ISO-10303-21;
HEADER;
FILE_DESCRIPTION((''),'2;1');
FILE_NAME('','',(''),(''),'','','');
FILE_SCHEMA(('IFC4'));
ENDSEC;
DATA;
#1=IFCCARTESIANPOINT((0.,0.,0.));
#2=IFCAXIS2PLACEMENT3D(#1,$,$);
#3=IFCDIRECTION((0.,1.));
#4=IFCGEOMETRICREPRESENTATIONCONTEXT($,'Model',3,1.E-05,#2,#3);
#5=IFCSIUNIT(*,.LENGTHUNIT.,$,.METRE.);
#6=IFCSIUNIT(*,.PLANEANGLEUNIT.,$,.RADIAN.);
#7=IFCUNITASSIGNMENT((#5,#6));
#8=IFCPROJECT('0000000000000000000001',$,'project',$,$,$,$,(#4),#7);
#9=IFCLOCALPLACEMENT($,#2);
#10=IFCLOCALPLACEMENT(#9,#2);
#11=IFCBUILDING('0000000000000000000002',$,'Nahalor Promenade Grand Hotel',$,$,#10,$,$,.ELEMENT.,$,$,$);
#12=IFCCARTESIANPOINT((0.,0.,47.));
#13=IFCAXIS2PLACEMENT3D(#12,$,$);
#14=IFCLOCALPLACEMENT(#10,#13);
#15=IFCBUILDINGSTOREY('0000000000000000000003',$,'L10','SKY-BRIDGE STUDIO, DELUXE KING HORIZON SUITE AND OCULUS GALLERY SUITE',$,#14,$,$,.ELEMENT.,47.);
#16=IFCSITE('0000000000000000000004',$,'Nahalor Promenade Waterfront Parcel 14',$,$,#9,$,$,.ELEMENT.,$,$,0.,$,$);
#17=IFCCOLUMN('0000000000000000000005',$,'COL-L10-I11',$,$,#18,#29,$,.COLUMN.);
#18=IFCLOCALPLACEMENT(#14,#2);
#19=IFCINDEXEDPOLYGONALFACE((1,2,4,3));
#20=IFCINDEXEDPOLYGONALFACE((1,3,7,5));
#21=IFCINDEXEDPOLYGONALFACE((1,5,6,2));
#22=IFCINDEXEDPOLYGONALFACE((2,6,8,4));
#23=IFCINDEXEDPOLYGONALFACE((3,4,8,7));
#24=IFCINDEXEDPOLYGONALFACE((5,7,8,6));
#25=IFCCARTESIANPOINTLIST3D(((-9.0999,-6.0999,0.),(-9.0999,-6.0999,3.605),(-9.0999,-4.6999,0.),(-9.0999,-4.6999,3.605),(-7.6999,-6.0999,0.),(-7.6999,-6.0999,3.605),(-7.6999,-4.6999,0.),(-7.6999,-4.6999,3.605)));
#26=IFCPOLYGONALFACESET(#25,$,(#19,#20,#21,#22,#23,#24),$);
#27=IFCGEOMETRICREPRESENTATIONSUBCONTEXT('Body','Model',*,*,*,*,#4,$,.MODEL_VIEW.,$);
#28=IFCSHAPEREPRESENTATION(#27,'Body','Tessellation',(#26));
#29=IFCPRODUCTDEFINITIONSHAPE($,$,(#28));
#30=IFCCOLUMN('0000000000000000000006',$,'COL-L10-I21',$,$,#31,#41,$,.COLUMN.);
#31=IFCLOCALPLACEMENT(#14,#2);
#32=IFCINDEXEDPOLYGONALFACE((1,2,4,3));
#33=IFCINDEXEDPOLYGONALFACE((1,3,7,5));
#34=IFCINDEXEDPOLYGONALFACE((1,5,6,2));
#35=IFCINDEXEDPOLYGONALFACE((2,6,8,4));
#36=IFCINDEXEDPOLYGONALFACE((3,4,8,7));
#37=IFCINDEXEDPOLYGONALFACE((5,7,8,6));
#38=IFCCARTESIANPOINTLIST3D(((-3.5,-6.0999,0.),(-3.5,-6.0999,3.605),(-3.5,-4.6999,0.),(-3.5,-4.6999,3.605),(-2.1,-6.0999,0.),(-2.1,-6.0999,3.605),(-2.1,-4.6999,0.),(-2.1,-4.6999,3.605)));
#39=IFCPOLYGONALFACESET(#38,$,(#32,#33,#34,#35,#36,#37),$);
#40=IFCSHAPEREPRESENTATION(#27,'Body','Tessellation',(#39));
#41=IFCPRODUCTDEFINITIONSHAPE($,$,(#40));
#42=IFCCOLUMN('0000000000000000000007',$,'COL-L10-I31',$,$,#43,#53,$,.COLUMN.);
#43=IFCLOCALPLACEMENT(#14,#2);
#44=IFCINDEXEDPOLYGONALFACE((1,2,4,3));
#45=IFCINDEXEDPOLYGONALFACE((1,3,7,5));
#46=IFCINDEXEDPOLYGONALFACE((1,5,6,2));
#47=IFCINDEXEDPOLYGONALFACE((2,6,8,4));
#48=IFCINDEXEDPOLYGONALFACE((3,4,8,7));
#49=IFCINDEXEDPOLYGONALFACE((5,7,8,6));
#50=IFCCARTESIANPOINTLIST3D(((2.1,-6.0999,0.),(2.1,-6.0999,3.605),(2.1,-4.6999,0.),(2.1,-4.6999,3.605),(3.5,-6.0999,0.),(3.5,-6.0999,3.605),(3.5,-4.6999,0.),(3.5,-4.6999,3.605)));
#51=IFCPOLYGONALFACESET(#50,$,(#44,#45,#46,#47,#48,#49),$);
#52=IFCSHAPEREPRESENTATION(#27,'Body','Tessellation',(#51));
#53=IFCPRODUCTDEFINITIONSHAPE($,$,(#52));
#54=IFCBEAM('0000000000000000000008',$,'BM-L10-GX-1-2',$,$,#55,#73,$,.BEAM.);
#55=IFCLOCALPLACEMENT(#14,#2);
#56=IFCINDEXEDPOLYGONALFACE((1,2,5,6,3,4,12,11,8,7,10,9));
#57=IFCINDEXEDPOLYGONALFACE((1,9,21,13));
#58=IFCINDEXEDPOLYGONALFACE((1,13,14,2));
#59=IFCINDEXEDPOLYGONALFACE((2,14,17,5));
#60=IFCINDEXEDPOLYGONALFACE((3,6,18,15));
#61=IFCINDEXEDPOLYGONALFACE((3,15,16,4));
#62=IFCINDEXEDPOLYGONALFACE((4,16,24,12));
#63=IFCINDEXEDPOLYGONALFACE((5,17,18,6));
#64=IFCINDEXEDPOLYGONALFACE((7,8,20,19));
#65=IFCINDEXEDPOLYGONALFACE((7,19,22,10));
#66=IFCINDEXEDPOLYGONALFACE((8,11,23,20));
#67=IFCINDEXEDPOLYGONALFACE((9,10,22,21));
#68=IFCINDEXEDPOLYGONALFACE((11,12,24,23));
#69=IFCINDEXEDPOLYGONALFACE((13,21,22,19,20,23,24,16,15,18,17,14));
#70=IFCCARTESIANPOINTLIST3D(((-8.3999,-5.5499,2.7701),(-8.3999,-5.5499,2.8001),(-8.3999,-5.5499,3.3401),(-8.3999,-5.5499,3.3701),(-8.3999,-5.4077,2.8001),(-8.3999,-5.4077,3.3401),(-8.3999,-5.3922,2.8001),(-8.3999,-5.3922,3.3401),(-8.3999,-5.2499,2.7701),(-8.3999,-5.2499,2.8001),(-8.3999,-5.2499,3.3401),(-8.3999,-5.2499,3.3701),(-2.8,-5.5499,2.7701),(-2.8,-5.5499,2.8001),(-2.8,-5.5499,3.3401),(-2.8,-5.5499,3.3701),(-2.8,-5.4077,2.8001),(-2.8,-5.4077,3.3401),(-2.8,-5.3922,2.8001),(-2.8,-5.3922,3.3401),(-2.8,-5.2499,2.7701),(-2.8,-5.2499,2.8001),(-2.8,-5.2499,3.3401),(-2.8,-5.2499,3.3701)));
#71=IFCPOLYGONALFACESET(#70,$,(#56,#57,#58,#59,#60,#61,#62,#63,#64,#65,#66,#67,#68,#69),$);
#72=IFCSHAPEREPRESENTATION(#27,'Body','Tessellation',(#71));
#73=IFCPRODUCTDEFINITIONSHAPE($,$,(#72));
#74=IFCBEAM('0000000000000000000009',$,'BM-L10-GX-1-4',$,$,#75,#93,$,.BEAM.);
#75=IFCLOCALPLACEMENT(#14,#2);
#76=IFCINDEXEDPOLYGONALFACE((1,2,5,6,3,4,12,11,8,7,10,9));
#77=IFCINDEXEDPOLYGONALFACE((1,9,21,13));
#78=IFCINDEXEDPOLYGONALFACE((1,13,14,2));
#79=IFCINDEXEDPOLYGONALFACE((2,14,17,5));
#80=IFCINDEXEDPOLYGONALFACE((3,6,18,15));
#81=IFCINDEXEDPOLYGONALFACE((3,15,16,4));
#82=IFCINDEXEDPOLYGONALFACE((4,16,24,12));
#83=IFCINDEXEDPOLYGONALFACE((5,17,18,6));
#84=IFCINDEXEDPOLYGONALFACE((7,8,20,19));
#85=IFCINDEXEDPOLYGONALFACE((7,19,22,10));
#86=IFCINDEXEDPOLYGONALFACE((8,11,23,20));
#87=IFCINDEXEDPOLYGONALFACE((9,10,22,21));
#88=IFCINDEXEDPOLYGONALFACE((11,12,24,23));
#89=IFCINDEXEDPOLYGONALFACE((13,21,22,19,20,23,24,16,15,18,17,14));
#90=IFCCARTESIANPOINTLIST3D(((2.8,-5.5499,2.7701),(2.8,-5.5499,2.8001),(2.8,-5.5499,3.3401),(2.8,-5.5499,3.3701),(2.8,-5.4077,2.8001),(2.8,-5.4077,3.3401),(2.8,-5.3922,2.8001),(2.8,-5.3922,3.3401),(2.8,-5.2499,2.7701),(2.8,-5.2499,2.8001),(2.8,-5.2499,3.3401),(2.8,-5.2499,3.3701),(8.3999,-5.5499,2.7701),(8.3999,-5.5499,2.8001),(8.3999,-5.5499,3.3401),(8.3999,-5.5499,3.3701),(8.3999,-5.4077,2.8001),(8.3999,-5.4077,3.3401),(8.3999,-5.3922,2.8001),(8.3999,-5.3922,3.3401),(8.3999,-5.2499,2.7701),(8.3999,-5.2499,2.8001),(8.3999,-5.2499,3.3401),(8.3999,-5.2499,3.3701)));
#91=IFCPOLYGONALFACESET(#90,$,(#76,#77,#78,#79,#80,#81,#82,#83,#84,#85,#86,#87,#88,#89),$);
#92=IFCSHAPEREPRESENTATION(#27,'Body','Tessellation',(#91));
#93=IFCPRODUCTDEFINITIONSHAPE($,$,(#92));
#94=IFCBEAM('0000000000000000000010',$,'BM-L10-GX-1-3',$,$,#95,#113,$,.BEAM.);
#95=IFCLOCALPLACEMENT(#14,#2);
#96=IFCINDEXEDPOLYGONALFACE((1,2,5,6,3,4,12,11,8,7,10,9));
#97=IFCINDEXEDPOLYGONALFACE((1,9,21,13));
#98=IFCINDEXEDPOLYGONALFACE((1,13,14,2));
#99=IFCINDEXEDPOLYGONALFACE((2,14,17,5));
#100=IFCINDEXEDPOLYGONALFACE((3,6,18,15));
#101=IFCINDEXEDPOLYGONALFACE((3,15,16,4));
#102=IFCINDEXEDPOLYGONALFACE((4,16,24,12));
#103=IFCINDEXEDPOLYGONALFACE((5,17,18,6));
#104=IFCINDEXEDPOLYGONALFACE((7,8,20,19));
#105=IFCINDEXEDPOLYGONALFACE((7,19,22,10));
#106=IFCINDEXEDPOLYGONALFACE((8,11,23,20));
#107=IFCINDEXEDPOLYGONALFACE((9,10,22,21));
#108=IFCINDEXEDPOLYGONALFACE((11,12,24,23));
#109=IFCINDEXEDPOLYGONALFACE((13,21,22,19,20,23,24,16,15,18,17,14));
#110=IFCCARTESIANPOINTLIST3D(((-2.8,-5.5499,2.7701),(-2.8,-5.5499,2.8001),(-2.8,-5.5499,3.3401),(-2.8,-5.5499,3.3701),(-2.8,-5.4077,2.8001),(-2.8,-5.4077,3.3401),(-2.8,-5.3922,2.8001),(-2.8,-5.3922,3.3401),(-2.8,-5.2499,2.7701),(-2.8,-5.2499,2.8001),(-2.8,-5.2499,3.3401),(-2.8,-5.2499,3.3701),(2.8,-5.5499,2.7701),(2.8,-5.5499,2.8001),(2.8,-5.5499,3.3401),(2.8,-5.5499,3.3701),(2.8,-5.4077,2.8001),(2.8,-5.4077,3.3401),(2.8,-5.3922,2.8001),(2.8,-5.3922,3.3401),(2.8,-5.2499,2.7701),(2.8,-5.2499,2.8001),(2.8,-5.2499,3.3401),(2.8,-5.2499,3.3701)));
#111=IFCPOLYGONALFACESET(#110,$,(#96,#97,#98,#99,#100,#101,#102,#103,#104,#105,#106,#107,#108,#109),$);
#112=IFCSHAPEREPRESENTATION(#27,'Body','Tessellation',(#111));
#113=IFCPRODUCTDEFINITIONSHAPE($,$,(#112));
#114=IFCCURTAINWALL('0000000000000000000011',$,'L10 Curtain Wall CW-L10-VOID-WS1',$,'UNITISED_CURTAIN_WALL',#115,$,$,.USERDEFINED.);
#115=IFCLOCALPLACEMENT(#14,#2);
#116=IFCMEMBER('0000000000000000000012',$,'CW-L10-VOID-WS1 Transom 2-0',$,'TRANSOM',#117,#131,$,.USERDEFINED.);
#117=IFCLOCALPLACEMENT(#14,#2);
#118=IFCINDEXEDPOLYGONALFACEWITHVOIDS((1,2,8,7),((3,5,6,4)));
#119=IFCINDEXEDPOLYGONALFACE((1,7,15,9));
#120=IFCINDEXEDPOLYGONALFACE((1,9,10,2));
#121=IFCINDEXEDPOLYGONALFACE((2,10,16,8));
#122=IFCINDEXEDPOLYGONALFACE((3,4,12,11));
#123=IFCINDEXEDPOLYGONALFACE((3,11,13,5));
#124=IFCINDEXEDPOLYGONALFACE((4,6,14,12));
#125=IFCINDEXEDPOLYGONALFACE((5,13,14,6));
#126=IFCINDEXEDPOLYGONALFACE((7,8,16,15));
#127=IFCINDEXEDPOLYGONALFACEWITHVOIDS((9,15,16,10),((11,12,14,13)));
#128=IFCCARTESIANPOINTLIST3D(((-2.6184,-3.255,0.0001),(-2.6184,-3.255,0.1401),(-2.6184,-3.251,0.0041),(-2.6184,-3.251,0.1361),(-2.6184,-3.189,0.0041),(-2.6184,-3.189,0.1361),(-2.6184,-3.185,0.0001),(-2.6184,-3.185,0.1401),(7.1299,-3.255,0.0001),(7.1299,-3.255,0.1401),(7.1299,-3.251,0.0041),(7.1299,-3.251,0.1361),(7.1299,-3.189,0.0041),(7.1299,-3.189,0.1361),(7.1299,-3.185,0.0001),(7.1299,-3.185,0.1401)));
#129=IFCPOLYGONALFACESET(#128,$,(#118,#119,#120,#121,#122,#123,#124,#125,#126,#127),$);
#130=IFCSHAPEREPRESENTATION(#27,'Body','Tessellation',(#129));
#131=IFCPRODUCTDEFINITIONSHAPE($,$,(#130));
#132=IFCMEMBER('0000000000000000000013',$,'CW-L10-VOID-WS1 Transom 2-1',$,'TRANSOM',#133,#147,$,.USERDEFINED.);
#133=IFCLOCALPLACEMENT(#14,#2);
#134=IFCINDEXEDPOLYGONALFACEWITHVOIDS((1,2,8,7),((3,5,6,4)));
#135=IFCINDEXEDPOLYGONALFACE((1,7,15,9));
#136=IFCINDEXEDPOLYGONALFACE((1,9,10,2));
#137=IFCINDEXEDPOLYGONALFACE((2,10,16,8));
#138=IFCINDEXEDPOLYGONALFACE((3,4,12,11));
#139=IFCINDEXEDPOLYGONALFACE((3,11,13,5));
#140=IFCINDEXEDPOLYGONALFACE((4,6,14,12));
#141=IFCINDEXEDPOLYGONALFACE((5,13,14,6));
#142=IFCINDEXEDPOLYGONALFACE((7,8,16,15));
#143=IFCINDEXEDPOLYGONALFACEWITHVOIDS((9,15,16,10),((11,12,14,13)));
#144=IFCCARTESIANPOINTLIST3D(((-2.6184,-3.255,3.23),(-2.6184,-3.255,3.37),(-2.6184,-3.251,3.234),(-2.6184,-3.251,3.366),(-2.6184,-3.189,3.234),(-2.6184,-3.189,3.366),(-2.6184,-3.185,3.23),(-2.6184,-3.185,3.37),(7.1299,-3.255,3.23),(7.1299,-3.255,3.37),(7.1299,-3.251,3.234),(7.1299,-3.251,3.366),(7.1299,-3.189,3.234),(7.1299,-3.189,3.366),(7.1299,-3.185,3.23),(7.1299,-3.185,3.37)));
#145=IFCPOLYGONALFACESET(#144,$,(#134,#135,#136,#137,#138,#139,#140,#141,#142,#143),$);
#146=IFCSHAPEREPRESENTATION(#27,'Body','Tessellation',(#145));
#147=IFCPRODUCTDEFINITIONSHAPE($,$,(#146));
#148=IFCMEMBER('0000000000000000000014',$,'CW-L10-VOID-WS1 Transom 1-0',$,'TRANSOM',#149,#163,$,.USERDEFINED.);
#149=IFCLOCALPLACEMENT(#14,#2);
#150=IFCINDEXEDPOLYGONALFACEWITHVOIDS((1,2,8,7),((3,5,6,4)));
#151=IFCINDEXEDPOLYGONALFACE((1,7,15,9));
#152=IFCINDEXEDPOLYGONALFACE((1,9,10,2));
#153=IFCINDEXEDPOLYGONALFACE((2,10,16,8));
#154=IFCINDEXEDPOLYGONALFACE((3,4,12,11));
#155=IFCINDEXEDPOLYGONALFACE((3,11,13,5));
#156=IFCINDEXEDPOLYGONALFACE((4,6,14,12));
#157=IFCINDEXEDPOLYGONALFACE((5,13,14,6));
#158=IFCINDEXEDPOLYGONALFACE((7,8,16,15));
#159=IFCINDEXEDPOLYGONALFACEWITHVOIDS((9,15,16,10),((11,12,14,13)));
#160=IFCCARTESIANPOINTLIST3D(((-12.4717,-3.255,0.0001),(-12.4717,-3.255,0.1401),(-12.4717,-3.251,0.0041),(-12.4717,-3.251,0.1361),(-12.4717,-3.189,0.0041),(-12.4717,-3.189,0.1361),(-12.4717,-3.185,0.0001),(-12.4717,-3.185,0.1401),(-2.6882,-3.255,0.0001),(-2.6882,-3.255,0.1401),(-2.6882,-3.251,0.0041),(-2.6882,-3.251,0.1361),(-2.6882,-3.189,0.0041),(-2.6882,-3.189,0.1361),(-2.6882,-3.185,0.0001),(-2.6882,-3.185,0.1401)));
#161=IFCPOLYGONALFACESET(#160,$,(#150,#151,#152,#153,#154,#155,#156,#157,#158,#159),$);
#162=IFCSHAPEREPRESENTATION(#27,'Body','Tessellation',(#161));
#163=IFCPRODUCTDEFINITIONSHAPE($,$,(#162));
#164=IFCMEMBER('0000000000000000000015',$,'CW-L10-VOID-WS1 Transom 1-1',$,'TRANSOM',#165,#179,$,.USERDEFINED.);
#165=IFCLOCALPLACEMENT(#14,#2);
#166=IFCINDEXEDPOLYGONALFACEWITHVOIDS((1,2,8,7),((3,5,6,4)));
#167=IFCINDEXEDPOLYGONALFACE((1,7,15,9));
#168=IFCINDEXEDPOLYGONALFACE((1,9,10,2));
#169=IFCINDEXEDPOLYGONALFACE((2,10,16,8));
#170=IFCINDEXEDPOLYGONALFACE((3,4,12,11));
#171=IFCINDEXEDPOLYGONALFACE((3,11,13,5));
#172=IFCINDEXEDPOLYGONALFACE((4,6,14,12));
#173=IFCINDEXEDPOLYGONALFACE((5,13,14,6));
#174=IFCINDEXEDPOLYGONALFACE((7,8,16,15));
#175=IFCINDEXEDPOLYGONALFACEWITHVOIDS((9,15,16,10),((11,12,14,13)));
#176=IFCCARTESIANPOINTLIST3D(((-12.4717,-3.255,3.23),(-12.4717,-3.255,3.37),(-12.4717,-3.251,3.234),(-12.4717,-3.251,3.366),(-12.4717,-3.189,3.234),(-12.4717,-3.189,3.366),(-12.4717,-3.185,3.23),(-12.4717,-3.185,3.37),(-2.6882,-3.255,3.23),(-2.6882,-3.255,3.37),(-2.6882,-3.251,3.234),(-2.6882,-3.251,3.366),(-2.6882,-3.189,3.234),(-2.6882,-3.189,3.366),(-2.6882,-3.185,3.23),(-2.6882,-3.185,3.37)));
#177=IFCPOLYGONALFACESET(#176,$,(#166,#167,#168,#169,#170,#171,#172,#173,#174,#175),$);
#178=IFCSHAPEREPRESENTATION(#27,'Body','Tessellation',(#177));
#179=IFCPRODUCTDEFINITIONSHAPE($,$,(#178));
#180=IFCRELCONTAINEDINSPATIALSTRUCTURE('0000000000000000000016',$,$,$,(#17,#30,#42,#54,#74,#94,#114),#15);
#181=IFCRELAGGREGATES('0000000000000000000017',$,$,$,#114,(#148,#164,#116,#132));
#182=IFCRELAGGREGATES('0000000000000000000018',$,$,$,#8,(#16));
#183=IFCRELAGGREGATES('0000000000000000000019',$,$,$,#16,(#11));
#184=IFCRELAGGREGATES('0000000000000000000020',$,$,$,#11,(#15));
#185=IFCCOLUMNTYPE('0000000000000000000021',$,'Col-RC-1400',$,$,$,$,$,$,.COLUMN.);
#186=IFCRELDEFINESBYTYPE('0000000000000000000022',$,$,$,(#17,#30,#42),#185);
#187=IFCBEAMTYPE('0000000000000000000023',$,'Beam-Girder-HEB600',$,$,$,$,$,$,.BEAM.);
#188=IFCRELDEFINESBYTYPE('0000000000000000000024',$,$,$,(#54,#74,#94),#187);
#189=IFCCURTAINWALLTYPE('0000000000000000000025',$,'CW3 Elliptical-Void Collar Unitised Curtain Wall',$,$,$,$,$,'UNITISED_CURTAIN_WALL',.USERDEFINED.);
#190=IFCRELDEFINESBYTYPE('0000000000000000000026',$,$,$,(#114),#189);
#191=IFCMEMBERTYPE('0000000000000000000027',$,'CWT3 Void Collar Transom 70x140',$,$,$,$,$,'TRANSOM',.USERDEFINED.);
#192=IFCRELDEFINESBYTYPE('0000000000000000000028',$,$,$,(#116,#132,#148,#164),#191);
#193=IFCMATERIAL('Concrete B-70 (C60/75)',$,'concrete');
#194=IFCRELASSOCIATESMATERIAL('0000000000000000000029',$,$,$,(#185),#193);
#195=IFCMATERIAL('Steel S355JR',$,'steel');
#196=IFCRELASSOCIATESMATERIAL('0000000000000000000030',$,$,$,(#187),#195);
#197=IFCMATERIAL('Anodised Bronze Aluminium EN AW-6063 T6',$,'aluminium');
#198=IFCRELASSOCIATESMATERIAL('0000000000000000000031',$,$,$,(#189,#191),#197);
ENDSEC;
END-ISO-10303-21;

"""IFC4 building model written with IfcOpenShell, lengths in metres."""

from ifc_helpers import new_model, si_unit, direction, frame, origin, origin_2d, place, context, subcontext, project, spatial, rectangle, hollow_rectangle, i_section, extrude, source, transform, mapped, material, material_profile, profile_set, type_object, element, aggregate, save


model = new_model("IFC4")

# Units and contexts
model_context = context("Model", 3, precision=1e-05, world=origin(), true_north=direction((0.0, 1.0)))
body_context = subcontext(model_context, "Body", "Model", "MODEL_VIEW")
ifc_project = project(units=[si_unit("LENGTHUNIT", "METRE"), si_unit("PLANEANGLEUNIT", "RADIAN")], contexts=[model_context])

# Site, building, storey
site_placement = place(None, origin())
site = spatial("IfcSite", under=ifc_project, at=site_placement, Name="Nahalor Promenade Waterfront Parcel 14", CompositionType="ELEMENT", RefElevation=0.0)
building_placement = place(site_placement, origin())
building = spatial("IfcBuilding", under=site, at=building_placement, Name="Nahalor Promenade Grand Hotel", CompositionType="ELEMENT")
storey_placement = place(building_placement, frame((0.0, 0.0, 47.0)))
storey = spatial("IfcBuildingStorey", under=building, at=storey_placement, Name="L10", Description="SKY-BRIDGE STUDIO, DELUXE KING HORIZON SUITE AND OCULUS GALLERY SUITE", CompositionType="ELEMENT", Elevation=47.0)

# Columns
ifc_material_1 = material(Name="Concrete B-70 (C60/75)", Category="concrete")
ifc_material_profile_1 = material_profile(ifc_material_1, rectangle(XDim=1.4, YDim=1.4, at=origin_2d()), Name="RC 1400x1400")
ifc_profile_set_1 = profile_set([ifc_material_profile_1], Name="Concrete B-70 (C60/75)")
column_type = type_object("IfcColumnType", Name="Col-RC-1400", PredefinedType="COLUMN", material=ifc_profile_set_1)
shared_shape_1 = source(origin(), body_context, "Body", "SweptSolid", [
    extrude(rectangle(XDim=1.4, YDim=1.4, at=origin_2d()), origin(), (0.0, 0.0, 1.0), 3.605),
])
for number, where, z_axis, x_axis, name in (
    (1, (-8.3999, -5.3999, 0.0), (0.0, 0.0, 1.0), (1.0, 0.0, 0.0), "COL-L10-I11"),
    (2, (-2.8, -5.3999, 0.0), (0.0, 0.0, 1.0), (1.0, 0.0, 0.0), "COL-L10-I21"),
    (3, (2.8, -5.3999, 0.0), (0.0, 0.0, 1.0), (1.0, 0.0, 0.0), "COL-L10-I31"),
):
    element("IfcColumn", number, at=place(storey_placement, frame(where, z_axis=z_axis, x_axis=x_axis)), inside=storey, type_object=column_type, Name=name, PredefinedType="COLUMN", context=body_context, shape_type="MappedRepresentation", body=[
        mapped(shared_shape_1, transform((0.0, 0.0, 0.0), scale=1.0)),
    ])

# Beams
ifc_material_2 = material(Name="Steel S355JR", Category="steel")
ifc_material_profile_2 = material_profile(ifc_material_2, i_section(OverallWidth=0.3, OverallDepth=0.6, WebThickness=0.0155, FlangeThickness=0.03, at=origin_2d()), Name="HEB 600")
ifc_profile_set_2 = profile_set([ifc_material_profile_2], Name="Steel S355JR")
beam_type = type_object("IfcBeamType", Name="Beam-Girder-HEB600", PredefinedType="BEAM", material=ifc_profile_set_2)
shared_shape_2 = source(origin(), body_context, "Body", "SweptSolid", [
    extrude(i_section(OverallWidth=0.3, OverallDepth=0.6, WebThickness=0.0155, FlangeThickness=0.03, at=origin_2d()), origin(), (0.0, 0.0, 1.0), 5.5999),
])
for number, where, z_axis, x_axis, name in (
    (4, (-8.3999, -5.3999, 3.0701), (1.0, 0.0, 0.0), (0.0, 1.0, 0.0), "BM-L10-GX-1-2"),
    (5, (2.8, -5.3999, 3.0701), (1.0, 0.0, 0.0), (0.0, 1.0, 0.0), "BM-L10-GX-1-4"),
):
    element("IfcBeam", number, at=place(storey_placement, frame(where, z_axis=z_axis, x_axis=x_axis)), inside=storey, type_object=beam_type, Name=name, PredefinedType="BEAM", context=body_context, shape_type="MappedRepresentation", body=[
        mapped(shared_shape_2, transform((0.0, 0.0, 0.0), scale=1.0)),
    ])
shared_shape_3 = source(origin(), body_context, "Body", "SweptSolid", [
    extrude(i_section(OverallWidth=0.3, OverallDepth=0.6, WebThickness=0.0155, FlangeThickness=0.03, at=origin_2d()), origin(), (0.0, 0.0, 1.0), 5.6001),
])
beam_placement = place(storey_placement, frame((-2.8, -5.3999, 3.0701), z_axis=(1.0, 0.0, 0.0), x_axis=(0.0, 1.0, 0.0)))
element("IfcBeam", 6, at=beam_placement, inside=storey, type_object=beam_type, Name="BM-L10-GX-1-3", PredefinedType="BEAM", context=body_context, shape_type="MappedRepresentation", body=[
    mapped(shared_shape_3, transform((0.0, 0.0, 0.0), scale=1.0)),
])

# Curtain wall, members
ifc_material_3 = material(Name="Anodised Bronze Aluminium EN AW-6063 T6", Category="aluminium")
curtain_wall_type = type_object("IfcCurtainWallType", Name="CW3 Elliptical-Void Collar Unitised Curtain Wall", ElementType="UNITISED_CURTAIN_WALL", PredefinedType="USERDEFINED", material=ifc_material_3)
curtain_wall_placement = place(storey_placement, origin())
curtain_wall = element("IfcCurtainWall", 7, at=curtain_wall_placement, inside=storey, type_object=curtain_wall_type, Name="L10 Curtain Wall CW-L10-VOID-WS1", ObjectType="UNITISED_CURTAIN_WALL", PredefinedType="USERDEFINED")
ifc_material_profile_3 = material_profile(ifc_material_3, hollow_rectangle(XDim=0.07, YDim=0.14, WallThickness=0.004, at=origin_2d()), Name="CWT 70x140x4")
ifc_profile_set_3 = profile_set([ifc_material_profile_3], Name="Anodised Bronze Aluminium EN AW-6063 T6")
member_type_1 = type_object("IfcMemberType", Name="CWT3 Void Collar Transom 70x140", ElementType="TRANSOM", PredefinedType="USERDEFINED", material=ifc_profile_set_3)
shared_shape_4 = source(origin(), body_context, "Body", "SweptSolid", [
    extrude(hollow_rectangle(XDim=0.07, YDim=0.14, WallThickness=0.004, at=origin_2d()), origin(), (0.0, 0.0, 1.0), 9.7483),
])
member_1_placement = place(storey_placement, frame((-2.6184, -3.22, 0.0701), z_axis=(1.0, 0.0, 0.0), x_axis=(0.0, 1.0, 0.0)))
member_1 = element("IfcMember", 8, at=member_1_placement, type_object=member_type_1, Name="CW-L10-VOID-WS1 Transom 2-0", ObjectType="TRANSOM", PredefinedType="USERDEFINED", context=body_context, shape_type="MappedRepresentation", body=[
    mapped(shared_shape_4, transform((0.0, 0.0, 0.0), scale=1.0)),
])
member_2_placement = place(storey_placement, frame((-2.6184, -3.22, 3.3), z_axis=(1.0, 0.0, 0.0), x_axis=(0.0, 1.0, 0.0)))
member_2 = element("IfcMember", 9, at=member_2_placement, type_object=member_type_1, Name="CW-L10-VOID-WS1 Transom 2-1", ObjectType="TRANSOM", PredefinedType="USERDEFINED", context=body_context, shape_type="MappedRepresentation", body=[
    mapped(shared_shape_4, transform((0.0, 0.0, 0.0), scale=1.0)),
])
shared_shape_5 = source(origin(), body_context, "Body", "SweptSolid", [
    extrude(hollow_rectangle(XDim=0.07, YDim=0.14, WallThickness=0.004, at=origin_2d()), origin(), (0.0, 0.0, 1.0), 9.7834),
])
member_3_placement = place(storey_placement, frame((-12.4717, -3.22, 0.0701), z_axis=(1.0, 0.0, 0.0), x_axis=(0.0, 1.0, 0.0)))
member_3 = element("IfcMember", 10, at=member_3_placement, type_object=member_type_1, Name="CW-L10-VOID-WS1 Transom 1-0", ObjectType="TRANSOM", PredefinedType="USERDEFINED", context=body_context, shape_type="MappedRepresentation", body=[
    mapped(shared_shape_5, transform((0.0, 0.0, 0.0), scale=1.0)),
])
member_4_placement = place(storey_placement, frame((-12.4717, -3.22, 3.3), z_axis=(1.0, 0.0, 0.0), x_axis=(0.0, 1.0, 0.0)))
member_4 = element("IfcMember", 11, at=member_4_placement, type_object=member_type_1, Name="CW-L10-VOID-WS1 Transom 1-1", ObjectType="TRANSOM", PredefinedType="USERDEFINED", context=body_context, shape_type="MappedRepresentation", body=[
    mapped(shared_shape_5, transform((0.0, 0.0, 0.0), scale=1.0)),
])

aggregate(curtain_wall, [member_3, member_4, member_1, member_2])

save(model, "model.ifc")
